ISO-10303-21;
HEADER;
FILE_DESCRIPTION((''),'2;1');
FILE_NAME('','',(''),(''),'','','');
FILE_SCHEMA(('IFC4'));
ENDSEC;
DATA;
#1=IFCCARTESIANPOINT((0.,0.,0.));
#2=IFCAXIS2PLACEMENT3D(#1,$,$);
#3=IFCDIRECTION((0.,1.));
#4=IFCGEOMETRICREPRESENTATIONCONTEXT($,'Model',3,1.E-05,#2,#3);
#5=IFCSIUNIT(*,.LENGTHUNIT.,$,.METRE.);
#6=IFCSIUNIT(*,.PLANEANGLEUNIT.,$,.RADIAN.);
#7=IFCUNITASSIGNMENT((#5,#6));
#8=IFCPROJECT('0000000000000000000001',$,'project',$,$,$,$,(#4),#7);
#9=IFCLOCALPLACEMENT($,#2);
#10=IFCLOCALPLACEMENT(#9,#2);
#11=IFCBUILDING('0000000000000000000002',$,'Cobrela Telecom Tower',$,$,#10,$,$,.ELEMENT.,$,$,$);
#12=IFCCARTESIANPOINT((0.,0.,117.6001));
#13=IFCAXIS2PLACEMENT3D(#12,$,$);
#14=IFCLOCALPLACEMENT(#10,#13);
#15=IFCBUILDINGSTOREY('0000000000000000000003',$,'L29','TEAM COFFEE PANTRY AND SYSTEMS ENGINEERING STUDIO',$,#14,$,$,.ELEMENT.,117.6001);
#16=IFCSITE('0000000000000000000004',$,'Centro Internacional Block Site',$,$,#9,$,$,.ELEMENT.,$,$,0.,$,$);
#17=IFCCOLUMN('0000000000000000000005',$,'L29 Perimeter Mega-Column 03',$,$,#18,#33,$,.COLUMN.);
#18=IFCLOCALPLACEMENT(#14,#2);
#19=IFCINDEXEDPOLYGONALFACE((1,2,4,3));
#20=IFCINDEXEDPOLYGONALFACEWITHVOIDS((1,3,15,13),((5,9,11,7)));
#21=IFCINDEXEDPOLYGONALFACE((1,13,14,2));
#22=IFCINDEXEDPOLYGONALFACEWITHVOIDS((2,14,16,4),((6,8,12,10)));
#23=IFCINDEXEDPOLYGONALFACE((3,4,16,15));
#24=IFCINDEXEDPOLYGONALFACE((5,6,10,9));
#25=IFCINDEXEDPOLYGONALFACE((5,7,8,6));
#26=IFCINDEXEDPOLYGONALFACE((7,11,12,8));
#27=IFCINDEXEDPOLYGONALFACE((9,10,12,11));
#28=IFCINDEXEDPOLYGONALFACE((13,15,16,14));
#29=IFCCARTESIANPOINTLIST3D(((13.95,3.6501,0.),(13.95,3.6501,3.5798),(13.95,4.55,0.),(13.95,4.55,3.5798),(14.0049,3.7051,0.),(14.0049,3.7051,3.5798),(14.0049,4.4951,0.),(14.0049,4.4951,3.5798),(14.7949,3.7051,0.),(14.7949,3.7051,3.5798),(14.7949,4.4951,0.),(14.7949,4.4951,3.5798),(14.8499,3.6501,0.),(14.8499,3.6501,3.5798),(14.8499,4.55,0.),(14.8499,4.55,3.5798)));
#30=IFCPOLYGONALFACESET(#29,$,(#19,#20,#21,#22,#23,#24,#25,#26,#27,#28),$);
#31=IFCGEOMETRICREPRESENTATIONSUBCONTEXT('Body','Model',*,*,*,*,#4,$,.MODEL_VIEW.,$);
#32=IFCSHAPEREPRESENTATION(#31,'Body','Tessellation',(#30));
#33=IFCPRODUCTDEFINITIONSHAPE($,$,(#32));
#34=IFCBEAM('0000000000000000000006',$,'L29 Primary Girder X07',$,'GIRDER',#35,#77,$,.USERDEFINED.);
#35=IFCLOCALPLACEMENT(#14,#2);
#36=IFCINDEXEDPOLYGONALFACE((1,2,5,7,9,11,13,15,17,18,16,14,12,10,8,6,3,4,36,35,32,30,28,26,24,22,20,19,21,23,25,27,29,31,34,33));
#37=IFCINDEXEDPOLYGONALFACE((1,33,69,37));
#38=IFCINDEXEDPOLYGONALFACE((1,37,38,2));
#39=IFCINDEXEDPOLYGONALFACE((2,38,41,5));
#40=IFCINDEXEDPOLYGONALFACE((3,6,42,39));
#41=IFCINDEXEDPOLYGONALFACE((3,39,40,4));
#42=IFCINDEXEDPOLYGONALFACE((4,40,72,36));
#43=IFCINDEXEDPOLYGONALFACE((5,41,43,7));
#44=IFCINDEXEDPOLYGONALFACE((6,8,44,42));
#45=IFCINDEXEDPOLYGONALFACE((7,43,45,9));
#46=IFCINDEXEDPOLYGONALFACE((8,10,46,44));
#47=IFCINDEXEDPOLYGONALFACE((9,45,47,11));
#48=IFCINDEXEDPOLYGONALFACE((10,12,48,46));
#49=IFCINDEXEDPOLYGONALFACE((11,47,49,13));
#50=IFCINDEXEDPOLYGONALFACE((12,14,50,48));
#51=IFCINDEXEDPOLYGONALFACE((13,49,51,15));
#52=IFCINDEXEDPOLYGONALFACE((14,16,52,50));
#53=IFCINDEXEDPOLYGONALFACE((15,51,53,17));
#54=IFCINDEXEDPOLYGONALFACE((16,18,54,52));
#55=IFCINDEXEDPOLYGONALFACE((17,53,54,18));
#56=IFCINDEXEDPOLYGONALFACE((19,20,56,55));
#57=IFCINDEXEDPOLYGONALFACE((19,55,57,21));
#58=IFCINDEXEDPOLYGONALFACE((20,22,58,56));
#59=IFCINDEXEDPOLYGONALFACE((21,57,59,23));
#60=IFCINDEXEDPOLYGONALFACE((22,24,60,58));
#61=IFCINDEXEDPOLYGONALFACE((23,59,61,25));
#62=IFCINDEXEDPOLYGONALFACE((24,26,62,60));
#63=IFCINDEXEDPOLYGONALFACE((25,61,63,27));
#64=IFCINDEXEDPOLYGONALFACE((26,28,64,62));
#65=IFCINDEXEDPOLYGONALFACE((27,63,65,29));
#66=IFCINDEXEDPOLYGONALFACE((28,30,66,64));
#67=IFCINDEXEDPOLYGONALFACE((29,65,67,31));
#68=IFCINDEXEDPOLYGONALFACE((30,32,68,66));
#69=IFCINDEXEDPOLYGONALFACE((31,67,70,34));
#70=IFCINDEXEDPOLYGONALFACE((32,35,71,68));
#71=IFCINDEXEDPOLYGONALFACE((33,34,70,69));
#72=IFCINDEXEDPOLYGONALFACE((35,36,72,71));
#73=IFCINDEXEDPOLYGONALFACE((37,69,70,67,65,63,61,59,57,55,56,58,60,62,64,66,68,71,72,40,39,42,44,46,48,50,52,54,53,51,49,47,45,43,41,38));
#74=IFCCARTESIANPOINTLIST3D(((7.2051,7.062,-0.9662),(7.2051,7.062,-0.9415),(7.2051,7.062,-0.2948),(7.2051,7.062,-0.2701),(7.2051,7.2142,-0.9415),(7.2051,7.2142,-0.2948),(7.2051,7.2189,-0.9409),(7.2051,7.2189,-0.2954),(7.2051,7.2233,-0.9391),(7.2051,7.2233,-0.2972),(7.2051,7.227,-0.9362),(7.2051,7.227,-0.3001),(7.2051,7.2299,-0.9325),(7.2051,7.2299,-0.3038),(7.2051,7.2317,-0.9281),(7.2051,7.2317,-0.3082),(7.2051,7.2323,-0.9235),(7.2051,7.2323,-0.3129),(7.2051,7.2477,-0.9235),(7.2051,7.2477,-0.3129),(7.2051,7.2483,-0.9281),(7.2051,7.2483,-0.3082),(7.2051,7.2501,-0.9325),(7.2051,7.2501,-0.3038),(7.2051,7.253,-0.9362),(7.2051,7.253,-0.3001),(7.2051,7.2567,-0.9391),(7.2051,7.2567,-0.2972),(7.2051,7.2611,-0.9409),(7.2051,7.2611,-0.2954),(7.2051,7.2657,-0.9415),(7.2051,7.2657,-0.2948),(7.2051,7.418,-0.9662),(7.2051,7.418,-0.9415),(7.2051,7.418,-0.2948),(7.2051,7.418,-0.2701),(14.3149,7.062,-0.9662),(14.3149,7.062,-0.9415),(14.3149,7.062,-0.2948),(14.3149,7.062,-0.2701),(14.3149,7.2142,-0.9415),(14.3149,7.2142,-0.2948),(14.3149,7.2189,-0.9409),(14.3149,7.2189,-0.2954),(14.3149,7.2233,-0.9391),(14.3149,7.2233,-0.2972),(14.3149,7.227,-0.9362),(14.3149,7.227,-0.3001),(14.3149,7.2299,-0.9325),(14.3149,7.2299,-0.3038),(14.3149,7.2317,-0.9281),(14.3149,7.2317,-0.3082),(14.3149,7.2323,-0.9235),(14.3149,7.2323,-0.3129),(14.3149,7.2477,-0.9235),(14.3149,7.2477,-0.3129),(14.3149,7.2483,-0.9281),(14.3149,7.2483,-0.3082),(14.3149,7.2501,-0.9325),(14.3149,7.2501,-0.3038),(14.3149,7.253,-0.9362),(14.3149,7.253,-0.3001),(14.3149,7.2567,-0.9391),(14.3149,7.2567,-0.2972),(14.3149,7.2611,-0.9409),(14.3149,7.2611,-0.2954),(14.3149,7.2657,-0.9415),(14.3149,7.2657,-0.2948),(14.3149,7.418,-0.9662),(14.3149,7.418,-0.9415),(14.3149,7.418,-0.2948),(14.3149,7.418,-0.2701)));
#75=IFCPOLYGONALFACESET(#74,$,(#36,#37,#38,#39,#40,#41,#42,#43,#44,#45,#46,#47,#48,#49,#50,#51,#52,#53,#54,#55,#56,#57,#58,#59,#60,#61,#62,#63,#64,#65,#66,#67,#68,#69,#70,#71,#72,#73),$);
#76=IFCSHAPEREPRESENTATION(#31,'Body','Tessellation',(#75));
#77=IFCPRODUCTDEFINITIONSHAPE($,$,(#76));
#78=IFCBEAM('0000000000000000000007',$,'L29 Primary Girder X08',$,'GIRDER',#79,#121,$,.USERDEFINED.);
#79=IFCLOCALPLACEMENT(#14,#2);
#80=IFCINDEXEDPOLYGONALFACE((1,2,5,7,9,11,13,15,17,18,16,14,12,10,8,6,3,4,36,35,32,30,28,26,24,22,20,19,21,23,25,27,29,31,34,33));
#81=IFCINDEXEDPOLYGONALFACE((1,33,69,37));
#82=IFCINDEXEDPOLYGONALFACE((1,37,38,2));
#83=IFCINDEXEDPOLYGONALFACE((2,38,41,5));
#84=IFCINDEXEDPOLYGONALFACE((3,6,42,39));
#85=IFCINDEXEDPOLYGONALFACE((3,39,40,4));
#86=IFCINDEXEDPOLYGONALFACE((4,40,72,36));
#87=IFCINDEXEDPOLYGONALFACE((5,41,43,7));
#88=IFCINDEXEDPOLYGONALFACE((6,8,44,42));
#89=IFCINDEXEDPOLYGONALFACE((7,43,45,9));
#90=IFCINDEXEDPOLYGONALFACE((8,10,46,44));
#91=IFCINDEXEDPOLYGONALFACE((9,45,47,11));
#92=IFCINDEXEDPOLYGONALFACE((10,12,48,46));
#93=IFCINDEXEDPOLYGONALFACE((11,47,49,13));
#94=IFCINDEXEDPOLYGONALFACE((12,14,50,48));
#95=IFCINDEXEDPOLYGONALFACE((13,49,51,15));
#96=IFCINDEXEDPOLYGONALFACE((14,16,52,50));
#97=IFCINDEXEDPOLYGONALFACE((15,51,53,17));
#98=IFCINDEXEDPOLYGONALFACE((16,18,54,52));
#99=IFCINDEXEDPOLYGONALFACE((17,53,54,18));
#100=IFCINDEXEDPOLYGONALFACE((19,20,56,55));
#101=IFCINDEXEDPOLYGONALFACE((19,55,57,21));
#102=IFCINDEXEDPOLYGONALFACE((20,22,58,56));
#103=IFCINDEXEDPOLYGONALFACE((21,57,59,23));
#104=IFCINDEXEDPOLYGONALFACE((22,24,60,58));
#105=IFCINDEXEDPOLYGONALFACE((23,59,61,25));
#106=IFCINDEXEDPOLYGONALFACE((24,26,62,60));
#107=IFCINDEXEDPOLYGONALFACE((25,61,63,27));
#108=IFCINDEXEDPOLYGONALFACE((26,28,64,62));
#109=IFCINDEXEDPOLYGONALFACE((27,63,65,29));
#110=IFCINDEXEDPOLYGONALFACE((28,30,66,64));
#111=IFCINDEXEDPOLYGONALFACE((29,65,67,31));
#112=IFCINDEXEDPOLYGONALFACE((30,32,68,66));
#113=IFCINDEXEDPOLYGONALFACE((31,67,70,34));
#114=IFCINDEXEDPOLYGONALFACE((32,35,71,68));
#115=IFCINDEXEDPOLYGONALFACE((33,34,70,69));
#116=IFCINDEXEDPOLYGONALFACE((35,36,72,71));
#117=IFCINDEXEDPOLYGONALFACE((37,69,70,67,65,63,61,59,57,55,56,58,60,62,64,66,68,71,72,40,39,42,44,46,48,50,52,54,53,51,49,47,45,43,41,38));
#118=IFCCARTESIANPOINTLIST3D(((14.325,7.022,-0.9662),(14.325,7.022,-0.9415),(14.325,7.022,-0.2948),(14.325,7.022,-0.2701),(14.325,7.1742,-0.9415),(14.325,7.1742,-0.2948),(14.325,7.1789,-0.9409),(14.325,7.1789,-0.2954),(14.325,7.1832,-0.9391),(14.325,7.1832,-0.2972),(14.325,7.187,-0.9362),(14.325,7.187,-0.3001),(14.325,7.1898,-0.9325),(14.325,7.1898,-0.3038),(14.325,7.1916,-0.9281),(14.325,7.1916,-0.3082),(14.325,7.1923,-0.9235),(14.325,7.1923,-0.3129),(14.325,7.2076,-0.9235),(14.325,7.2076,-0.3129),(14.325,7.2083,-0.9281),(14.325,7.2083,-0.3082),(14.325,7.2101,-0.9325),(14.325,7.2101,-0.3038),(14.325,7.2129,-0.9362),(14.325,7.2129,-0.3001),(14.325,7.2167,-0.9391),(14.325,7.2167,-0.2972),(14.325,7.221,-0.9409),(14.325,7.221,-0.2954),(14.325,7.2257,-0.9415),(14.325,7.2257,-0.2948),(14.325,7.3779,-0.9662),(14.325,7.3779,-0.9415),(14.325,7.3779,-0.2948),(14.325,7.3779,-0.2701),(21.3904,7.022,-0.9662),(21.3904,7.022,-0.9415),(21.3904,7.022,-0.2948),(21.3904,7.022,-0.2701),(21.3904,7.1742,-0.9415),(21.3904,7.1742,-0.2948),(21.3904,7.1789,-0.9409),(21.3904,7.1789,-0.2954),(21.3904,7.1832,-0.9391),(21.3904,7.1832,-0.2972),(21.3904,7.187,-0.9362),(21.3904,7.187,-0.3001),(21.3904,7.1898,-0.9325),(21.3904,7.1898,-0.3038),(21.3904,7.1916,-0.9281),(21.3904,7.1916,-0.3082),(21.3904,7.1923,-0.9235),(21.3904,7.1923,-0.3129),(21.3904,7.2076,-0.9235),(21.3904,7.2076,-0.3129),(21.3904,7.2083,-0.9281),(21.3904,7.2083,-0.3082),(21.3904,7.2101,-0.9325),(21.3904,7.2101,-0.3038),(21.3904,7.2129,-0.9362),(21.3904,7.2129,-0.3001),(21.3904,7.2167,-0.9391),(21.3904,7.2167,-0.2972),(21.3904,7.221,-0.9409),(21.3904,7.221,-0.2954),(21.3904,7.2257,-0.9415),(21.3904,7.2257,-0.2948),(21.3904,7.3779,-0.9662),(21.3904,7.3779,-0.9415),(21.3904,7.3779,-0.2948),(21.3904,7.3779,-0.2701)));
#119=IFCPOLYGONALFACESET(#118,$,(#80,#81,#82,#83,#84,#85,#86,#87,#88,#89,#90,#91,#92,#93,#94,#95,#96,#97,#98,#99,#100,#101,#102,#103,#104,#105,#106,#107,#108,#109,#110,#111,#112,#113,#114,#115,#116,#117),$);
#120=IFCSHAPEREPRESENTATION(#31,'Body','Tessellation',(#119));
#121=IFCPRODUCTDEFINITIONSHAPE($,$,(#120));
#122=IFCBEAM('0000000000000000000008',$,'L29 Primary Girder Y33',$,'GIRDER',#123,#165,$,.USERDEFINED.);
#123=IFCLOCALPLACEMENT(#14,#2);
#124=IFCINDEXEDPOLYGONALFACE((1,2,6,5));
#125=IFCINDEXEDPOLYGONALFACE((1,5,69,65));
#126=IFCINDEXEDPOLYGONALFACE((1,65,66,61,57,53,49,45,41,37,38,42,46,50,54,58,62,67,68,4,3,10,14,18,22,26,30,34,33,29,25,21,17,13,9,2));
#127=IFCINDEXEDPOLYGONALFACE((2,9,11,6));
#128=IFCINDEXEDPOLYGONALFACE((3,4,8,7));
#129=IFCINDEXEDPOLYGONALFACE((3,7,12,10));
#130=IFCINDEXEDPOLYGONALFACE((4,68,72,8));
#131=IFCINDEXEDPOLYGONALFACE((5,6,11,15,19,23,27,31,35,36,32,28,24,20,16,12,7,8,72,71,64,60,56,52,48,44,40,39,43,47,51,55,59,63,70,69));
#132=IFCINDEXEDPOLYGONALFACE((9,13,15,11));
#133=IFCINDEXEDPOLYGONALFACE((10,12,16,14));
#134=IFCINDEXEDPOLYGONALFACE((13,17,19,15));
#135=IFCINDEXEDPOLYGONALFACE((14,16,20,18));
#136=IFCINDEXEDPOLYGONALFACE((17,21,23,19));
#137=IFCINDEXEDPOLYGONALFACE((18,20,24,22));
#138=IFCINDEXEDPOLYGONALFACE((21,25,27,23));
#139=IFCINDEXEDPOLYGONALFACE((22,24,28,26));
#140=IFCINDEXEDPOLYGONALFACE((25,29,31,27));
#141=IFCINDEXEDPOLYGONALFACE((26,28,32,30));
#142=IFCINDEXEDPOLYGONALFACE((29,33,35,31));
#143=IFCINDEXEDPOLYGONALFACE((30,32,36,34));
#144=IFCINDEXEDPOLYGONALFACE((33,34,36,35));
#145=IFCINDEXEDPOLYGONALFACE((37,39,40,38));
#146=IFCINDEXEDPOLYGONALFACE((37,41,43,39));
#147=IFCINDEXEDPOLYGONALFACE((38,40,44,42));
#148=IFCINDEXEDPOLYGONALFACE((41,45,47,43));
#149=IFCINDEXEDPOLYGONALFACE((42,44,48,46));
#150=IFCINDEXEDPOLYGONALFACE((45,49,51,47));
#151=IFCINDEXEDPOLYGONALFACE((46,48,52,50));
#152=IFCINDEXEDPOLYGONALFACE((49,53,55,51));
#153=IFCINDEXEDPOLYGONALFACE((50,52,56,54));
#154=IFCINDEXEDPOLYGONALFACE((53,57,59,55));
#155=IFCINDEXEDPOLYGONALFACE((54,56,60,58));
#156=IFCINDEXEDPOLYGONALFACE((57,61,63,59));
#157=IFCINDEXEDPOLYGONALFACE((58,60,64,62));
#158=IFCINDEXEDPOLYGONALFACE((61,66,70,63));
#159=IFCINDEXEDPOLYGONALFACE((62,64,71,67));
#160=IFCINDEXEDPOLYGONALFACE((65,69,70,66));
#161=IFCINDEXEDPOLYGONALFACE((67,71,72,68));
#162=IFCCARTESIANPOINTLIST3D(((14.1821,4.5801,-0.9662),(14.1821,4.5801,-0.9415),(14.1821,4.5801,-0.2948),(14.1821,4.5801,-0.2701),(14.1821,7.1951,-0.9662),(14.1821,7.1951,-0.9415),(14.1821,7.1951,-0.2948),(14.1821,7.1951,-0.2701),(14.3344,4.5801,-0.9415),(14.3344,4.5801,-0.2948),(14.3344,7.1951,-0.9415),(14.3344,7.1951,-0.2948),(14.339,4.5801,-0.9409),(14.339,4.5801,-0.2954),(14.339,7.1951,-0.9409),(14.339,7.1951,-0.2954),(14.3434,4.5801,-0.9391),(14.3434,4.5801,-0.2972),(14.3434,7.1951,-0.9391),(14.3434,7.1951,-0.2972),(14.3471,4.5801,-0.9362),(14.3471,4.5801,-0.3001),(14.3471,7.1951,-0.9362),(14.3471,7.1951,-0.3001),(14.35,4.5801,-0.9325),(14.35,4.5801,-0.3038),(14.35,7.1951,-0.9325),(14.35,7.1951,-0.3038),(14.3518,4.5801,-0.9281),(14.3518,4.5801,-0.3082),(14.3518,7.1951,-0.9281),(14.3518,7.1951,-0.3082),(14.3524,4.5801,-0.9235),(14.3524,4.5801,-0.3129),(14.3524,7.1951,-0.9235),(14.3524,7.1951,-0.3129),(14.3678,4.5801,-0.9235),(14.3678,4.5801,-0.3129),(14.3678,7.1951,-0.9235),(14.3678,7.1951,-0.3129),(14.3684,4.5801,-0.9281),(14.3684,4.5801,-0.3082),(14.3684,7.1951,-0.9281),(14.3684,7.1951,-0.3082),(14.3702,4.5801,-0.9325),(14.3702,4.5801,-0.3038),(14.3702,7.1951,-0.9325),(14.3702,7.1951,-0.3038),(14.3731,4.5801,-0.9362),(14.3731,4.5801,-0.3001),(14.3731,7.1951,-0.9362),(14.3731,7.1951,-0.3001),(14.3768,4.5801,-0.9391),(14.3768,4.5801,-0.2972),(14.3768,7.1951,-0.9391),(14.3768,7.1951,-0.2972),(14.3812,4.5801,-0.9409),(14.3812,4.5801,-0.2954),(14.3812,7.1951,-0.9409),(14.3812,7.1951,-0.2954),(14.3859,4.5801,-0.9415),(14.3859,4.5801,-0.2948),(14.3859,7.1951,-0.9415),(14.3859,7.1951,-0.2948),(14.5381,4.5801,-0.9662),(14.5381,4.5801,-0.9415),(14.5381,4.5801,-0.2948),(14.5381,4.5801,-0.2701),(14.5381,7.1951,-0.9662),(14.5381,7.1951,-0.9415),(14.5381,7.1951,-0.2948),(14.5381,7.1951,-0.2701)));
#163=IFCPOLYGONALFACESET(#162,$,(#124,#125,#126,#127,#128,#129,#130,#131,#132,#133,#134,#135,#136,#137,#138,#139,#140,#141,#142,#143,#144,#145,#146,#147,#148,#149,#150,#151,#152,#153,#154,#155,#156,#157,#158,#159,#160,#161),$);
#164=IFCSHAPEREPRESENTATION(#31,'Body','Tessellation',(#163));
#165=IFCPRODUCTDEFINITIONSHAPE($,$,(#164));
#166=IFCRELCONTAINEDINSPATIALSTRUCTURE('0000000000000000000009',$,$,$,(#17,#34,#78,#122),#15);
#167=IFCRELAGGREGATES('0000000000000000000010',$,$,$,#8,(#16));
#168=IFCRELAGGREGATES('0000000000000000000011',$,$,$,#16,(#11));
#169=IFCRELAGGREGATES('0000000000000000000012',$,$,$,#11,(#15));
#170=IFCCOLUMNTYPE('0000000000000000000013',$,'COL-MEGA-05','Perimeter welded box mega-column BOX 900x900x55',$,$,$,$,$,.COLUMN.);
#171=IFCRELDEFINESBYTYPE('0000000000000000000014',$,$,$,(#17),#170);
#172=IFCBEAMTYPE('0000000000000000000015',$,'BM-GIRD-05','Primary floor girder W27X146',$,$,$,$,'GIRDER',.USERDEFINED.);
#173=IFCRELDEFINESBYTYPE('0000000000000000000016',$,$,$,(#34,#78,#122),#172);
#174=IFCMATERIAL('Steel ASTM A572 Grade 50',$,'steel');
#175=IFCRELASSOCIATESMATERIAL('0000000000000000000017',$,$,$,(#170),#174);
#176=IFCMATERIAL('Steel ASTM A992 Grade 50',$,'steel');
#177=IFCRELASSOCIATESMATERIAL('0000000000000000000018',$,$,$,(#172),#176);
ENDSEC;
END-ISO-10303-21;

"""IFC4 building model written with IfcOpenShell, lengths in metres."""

from ifc_helpers import new_model, si_unit, direction, frame, origin, origin_2d, place, context, subcontext, project, spatial, hollow_rectangle, i_section, extrude, material, material_profile, profile_set, type_object, element, save


model = new_model("IFC4")

# Units and contexts
model_context = context("Model", 3, precision=1e-05, world=origin(), true_north=direction((0.0, 1.0)))
body_context = subcontext(model_context, "Body", "Model", "MODEL_VIEW")
ifc_project = project(units=[si_unit("LENGTHUNIT", "METRE"), si_unit("PLANEANGLEUNIT", "RADIAN")], contexts=[model_context])

# Site, building, storey
site_placement = place(None, origin())
site = spatial("IfcSite", under=ifc_project, at=site_placement, Name="Centro Internacional Block Site", CompositionType="ELEMENT", RefElevation=0.0)
building_placement = place(site_placement, origin())
building = spatial("IfcBuilding", under=site, at=building_placement, Name="Cobrela Telecom Tower", CompositionType="ELEMENT")
storey_placement = place(building_placement, frame((0.0, 0.0, 117.6001)))
storey = spatial("IfcBuildingStorey", under=building, at=storey_placement, Name="L29", Description="TEAM COFFEE PANTRY AND SYSTEMS ENGINEERING STUDIO", CompositionType="ELEMENT", Elevation=117.6001)

# Column
ifc_material_1 = material(Name="Steel ASTM A572 Grade 50", Category="steel")
ifc_material_profile_1 = material_profile(ifc_material_1, hollow_rectangle(XDim=0.8999, YDim=0.8999, WallThickness=0.0549, at=origin_2d()), Name="BOX 900x900x55")
ifc_profile_set_1 = profile_set([ifc_material_profile_1], Name="Steel ASTM A572 Grade 50")
column_type = type_object("IfcColumnType", Name="COL-MEGA-05", Description="Perimeter welded box mega-column BOX 900x900x55", PredefinedType="COLUMN", material=ifc_profile_set_1)
column_placement = place(storey_placement, frame((14.3999, 4.1001, 0.0), z_axis=(0.0, 0.0, 1.0), x_axis=(1.0, 0.0, 0.0)))
element("IfcColumn", 1, at=column_placement, inside=storey, type_object=column_type, Name="L29 Perimeter Mega-Column 03", PredefinedType="COLUMN", context=body_context, shape_type="SweptSolid", body=[
    extrude(hollow_rectangle(XDim=0.8999, YDim=0.8999, WallThickness=0.0549, at=origin_2d()), origin(), (0.0, 0.0, 1.0), 3.5798),
])

# Beams
ifc_material_2 = material(Name="Steel ASTM A992 Grade 50", Category="steel")
ifc_material_profile_2 = material_profile(ifc_material_2, i_section(OverallWidth=0.356, OverallDepth=0.696, WebThickness=0.0154, FlangeThickness=0.0247, FilletRadius=0.0181, at=origin_2d()), Name="W27X146")
ifc_profile_set_2 = profile_set([ifc_material_profile_2], Name="Steel ASTM A992 Grade 50")
beam_type_1 = type_object("IfcBeamType", Name="BM-GIRD-05", Description="Primary floor girder W27X146", ElementType="GIRDER", PredefinedType="USERDEFINED", material=ifc_profile_set_2)
beam_1_placement = place(storey_placement, frame((7.2051, 7.24, -0.6182), z_axis=(1.0, 0.0, 0.0), x_axis=(0.0, 1.0, 0.0)))
element("IfcBeam", 2, at=beam_1_placement, inside=storey, type_object=beam_type_1, Name="L29 Primary Girder X07", ObjectType="GIRDER", PredefinedType="USERDEFINED", context=body_context, shape_type="SweptSolid", body=[
    extrude(i_section(OverallWidth=0.356, OverallDepth=0.696, WebThickness=0.0154, FlangeThickness=0.0247, FilletRadius=0.0181, at=origin_2d()), origin(), (0.0, 0.0, 1.0), 7.1099),
])
beam_2_placement = place(storey_placement, frame((14.325, 7.2, -0.6182), z_axis=(1.0, 0.0, 0.0), x_axis=(0.0, 1.0, 0.0)))
element("IfcBeam", 3, at=beam_2_placement, inside=storey, type_object=beam_type_1, Name="L29 Primary Girder X08", ObjectType="GIRDER", PredefinedType="USERDEFINED", context=body_context, shape_type="SweptSolid", body=[
    extrude(i_section(OverallWidth=0.356, OverallDepth=0.696, WebThickness=0.0154, FlangeThickness=0.0247, FilletRadius=0.0181, at=origin_2d()), origin(), (0.0, 0.0, 1.0), 7.0654),
])
beam_3_placement = place(storey_placement, frame((14.3601, 4.5801, -0.6182), z_axis=(0.0, 1.0, 0.0), x_axis=(-1.0, 0.0, 0.0)))
element("IfcBeam", 4, at=beam_3_placement, inside=storey, type_object=beam_type_1, Name="L29 Primary Girder Y33", ObjectType="GIRDER", PredefinedType="USERDEFINED", context=body_context, shape_type="SweptSolid", body=[
    extrude(i_section(OverallWidth=0.356, OverallDepth=0.696, WebThickness=0.0154, FlangeThickness=0.0247, FilletRadius=0.0181, at=origin_2d()), origin(), (0.0, 0.0, 1.0), 2.615),
])

save(model, "model.ifc")
